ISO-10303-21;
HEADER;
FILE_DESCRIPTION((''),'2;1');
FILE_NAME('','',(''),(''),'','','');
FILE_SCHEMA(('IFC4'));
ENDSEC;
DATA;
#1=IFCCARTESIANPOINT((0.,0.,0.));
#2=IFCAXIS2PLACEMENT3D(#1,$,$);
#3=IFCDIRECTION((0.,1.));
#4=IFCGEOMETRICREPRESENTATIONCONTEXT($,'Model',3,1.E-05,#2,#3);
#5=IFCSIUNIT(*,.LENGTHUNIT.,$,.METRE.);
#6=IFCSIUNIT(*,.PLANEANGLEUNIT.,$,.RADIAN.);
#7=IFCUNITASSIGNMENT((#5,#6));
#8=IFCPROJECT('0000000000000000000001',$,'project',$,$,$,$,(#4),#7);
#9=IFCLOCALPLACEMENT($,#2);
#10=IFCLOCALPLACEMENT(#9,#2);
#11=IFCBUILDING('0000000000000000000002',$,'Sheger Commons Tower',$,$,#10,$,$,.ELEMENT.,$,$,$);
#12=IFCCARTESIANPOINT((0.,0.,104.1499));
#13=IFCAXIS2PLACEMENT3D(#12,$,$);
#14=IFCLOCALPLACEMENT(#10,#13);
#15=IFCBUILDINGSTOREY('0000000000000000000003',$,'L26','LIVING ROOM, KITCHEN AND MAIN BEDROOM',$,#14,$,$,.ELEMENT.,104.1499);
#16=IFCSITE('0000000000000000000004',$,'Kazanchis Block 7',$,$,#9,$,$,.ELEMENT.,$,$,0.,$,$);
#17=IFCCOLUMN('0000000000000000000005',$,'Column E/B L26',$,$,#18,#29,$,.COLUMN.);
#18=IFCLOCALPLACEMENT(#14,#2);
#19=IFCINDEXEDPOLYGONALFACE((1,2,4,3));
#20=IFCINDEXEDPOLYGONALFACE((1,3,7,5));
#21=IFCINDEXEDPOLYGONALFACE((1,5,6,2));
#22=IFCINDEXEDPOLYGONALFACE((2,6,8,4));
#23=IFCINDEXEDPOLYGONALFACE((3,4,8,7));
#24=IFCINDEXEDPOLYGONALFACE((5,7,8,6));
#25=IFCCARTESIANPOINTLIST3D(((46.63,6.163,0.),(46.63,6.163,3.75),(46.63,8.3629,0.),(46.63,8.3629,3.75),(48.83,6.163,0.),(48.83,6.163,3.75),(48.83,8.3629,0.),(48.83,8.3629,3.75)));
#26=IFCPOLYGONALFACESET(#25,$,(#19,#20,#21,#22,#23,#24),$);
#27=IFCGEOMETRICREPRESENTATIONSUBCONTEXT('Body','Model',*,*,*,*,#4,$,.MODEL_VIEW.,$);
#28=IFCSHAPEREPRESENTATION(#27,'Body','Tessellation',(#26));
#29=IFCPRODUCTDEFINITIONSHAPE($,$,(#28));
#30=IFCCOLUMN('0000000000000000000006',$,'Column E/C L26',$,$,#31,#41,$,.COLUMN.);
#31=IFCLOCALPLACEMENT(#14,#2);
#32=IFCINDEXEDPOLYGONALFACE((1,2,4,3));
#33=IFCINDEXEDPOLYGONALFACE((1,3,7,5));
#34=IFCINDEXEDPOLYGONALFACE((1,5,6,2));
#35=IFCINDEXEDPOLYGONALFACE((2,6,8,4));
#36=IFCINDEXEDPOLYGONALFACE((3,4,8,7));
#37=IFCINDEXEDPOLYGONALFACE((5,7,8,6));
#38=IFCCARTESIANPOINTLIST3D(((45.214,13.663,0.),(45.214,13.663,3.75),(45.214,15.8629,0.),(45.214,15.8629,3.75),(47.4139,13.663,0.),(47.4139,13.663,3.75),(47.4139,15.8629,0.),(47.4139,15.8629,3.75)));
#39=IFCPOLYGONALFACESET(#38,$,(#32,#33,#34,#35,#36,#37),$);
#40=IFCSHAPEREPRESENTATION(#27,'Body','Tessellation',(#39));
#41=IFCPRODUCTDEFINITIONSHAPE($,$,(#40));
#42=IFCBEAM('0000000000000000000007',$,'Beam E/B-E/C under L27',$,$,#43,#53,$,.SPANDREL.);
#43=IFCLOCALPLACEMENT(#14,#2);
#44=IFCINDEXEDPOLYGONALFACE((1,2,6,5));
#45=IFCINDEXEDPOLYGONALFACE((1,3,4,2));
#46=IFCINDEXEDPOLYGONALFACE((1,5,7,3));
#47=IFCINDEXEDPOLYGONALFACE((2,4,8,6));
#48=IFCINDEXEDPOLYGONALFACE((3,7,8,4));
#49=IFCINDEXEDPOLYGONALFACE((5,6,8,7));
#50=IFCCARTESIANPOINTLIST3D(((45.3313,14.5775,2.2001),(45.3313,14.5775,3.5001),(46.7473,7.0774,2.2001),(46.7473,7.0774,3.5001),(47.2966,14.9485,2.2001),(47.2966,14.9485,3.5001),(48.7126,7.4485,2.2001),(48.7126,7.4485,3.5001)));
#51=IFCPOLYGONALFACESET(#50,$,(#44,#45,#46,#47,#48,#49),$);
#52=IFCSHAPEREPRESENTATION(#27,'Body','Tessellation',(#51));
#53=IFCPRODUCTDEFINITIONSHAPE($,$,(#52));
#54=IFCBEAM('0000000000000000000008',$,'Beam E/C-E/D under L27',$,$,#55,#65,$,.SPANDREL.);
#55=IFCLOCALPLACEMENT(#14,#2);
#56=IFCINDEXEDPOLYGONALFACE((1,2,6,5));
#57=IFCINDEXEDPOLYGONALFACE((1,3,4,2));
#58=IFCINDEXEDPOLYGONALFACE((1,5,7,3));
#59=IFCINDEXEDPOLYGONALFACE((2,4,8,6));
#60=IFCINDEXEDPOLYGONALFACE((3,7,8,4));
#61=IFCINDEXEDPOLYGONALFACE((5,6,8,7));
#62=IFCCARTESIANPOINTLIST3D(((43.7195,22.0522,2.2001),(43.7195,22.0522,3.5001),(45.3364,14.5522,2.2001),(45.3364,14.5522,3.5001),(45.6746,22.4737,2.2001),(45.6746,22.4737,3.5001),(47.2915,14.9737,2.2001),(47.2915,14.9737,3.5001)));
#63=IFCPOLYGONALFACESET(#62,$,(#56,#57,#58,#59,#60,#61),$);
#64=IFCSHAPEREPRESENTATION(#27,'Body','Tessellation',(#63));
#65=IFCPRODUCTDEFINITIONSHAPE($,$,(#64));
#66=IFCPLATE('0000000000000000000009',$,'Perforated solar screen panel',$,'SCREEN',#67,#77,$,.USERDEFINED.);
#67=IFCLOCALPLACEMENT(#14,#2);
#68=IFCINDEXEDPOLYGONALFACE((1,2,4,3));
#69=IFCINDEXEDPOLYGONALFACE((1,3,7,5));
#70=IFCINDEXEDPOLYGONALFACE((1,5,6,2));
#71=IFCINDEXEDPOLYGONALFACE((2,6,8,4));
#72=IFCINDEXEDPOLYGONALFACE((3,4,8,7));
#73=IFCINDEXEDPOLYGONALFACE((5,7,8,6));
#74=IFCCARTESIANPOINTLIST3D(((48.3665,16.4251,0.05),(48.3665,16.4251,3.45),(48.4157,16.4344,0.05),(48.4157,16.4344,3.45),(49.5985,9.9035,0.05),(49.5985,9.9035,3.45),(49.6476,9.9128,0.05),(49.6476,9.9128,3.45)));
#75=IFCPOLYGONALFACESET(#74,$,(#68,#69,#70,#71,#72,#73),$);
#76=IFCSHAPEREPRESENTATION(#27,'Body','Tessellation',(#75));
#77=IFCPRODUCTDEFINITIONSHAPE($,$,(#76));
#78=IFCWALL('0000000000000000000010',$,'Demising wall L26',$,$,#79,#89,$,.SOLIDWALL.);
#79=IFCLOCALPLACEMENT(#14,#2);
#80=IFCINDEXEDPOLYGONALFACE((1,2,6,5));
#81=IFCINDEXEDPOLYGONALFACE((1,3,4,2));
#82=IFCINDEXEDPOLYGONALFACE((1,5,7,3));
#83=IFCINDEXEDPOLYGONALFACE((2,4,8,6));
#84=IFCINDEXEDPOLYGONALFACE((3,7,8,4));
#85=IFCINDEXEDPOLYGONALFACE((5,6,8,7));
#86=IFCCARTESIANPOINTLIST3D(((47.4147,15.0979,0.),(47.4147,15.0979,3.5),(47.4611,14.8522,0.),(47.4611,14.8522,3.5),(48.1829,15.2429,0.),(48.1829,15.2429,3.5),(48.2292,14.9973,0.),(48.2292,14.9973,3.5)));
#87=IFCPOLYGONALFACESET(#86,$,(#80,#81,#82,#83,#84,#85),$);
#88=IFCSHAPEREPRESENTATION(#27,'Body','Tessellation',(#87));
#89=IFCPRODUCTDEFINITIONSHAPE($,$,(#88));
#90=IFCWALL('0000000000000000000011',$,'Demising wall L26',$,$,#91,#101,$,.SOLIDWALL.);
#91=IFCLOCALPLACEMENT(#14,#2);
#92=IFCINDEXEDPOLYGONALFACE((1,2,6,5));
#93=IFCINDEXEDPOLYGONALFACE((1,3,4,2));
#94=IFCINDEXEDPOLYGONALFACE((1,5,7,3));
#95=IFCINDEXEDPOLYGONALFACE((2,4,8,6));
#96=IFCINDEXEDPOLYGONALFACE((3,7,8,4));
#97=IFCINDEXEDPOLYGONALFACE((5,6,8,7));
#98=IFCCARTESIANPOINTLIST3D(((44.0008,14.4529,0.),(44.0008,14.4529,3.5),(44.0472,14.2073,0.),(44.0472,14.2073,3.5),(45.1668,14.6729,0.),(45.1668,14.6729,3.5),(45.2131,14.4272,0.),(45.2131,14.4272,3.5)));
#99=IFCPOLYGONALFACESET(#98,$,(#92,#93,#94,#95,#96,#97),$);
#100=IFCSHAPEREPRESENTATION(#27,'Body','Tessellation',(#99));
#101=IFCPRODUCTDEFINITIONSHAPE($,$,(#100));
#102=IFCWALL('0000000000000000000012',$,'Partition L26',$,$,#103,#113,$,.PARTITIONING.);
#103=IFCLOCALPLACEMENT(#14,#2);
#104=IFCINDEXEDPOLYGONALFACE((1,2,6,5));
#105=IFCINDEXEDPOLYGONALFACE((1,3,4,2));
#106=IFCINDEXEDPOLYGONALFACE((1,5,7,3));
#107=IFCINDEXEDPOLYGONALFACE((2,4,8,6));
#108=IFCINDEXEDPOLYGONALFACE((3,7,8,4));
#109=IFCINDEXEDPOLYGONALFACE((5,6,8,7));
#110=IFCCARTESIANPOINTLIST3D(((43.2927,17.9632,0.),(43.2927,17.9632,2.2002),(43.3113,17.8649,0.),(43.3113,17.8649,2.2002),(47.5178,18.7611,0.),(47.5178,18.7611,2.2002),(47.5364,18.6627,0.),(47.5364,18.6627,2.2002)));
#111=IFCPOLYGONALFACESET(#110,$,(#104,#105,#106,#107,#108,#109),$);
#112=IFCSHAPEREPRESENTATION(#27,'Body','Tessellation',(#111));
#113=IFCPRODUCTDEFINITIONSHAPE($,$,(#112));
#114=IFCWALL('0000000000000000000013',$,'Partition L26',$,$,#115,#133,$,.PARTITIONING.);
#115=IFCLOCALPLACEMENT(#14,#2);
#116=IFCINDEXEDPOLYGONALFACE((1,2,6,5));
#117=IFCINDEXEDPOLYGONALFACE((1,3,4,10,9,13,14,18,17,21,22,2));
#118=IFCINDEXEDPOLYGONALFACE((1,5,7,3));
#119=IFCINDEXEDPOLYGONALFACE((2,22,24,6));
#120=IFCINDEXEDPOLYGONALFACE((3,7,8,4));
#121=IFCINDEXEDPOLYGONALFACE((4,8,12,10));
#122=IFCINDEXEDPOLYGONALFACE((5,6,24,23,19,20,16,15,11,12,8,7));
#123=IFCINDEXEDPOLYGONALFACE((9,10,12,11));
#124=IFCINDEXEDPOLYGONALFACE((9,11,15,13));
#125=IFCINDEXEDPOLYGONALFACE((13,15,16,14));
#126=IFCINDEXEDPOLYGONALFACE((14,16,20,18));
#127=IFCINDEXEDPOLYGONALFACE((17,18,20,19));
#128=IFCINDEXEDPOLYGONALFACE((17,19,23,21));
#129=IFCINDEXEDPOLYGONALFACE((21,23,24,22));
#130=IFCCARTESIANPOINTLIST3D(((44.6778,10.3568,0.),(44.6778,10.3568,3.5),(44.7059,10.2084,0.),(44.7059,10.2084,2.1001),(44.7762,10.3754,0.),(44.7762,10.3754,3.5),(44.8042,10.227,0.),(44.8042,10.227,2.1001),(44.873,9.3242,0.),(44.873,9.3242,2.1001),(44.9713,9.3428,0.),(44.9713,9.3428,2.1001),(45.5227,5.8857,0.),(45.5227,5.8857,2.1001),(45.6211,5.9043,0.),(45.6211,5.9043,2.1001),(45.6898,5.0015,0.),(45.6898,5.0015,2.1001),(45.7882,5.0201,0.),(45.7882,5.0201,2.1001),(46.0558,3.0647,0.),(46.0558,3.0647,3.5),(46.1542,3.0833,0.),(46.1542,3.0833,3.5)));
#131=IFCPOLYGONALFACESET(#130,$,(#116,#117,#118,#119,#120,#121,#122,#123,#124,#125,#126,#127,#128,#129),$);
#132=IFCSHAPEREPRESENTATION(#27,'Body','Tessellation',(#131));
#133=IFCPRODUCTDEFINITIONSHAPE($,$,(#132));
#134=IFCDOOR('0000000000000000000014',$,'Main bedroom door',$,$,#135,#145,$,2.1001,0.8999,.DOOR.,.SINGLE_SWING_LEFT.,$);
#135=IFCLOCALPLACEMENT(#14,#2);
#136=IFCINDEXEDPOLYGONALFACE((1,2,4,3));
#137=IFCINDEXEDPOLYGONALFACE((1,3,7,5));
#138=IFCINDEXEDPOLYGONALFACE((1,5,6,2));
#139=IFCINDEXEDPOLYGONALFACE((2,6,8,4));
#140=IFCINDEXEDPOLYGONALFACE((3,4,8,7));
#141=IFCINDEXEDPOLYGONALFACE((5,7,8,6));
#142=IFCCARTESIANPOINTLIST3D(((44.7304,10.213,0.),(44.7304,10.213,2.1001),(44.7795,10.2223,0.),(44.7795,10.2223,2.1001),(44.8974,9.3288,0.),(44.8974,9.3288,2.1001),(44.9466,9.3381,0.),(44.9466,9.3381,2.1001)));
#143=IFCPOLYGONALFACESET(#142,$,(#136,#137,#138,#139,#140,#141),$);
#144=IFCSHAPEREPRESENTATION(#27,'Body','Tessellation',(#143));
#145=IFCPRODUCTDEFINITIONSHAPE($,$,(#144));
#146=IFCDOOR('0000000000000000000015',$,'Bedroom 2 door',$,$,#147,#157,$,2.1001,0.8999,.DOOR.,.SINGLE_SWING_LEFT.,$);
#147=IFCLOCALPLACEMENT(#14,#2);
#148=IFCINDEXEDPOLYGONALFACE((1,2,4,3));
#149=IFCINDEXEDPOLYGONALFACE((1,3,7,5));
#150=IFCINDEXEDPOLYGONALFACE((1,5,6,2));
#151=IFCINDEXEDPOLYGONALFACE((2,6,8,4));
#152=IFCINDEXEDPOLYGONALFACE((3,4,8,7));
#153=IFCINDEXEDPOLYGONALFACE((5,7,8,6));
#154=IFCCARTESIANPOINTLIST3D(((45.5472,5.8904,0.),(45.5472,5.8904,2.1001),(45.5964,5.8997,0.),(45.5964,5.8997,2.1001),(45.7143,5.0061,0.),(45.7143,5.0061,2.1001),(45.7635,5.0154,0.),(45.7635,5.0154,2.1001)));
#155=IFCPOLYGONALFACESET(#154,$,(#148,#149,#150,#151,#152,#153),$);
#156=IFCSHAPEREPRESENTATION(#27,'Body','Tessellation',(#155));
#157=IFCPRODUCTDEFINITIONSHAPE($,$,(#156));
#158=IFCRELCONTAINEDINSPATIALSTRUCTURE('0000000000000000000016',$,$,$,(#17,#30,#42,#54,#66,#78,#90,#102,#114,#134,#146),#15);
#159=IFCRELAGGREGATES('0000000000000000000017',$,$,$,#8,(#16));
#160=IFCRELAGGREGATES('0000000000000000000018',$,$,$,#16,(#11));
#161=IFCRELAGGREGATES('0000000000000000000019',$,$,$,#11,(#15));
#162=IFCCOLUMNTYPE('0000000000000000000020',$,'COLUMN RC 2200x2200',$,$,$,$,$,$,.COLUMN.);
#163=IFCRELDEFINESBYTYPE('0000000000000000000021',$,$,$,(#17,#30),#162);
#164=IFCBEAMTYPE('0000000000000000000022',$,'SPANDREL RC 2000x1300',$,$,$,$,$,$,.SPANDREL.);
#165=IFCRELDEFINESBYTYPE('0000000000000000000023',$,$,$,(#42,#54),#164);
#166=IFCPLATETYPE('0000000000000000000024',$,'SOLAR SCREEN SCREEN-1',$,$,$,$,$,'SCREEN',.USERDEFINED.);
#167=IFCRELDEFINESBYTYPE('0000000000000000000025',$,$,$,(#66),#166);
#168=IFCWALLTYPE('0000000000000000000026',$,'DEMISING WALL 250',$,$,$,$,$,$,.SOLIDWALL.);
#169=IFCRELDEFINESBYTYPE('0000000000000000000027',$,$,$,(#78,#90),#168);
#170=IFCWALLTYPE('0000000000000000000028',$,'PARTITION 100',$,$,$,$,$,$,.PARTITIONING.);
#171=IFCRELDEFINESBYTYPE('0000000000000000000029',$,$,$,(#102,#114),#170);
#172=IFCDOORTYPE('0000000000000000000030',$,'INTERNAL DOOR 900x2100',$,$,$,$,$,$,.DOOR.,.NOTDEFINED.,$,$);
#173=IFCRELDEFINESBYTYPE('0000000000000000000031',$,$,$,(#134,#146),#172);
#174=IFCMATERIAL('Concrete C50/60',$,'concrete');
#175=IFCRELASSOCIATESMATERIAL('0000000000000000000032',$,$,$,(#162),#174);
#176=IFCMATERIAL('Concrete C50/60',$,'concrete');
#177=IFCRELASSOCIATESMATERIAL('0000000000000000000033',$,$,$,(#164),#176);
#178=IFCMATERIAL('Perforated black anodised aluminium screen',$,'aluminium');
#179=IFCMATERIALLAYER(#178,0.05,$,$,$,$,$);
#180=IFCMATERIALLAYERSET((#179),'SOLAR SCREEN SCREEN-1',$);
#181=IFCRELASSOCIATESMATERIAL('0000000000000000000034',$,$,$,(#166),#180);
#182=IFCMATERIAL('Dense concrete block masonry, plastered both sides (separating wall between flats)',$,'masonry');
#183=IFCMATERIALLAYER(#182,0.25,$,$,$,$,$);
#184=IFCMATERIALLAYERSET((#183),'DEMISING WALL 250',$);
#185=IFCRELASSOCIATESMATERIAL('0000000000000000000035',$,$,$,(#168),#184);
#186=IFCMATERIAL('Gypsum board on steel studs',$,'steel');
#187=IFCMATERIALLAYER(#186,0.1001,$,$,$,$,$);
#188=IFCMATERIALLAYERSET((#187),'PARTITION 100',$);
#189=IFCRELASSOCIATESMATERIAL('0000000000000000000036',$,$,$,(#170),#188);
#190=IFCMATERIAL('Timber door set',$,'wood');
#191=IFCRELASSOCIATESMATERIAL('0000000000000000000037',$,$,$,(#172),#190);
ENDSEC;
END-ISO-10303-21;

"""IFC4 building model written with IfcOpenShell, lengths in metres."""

from ifc_helpers import new_model, si_unit, direction, frame, frame_2d, origin, origin_2d, place, context, subcontext, project, spatial, rectangle, extrude, material, layer, layer_set, material_profile, profile_set, type_object, element, fill, save


model = new_model("IFC4")

# Units and contexts
model_context = context("Model", 3, precision=1e-05, world=origin(), true_north=direction((0.0, 1.0)))
body_context = subcontext(model_context, "Body", "Model", "MODEL_VIEW")
ifc_project = project(units=[si_unit("LENGTHUNIT", "METRE"), si_unit("PLANEANGLEUNIT", "RADIAN")], contexts=[model_context])

# Site, building, storey
site_placement = place(None, origin())
site = spatial("IfcSite", under=ifc_project, at=site_placement, Name="Kazanchis Block 7", CompositionType="ELEMENT", RefElevation=0.0)
building_placement = place(site_placement, origin())
building = spatial("IfcBuilding", under=site, at=building_placement, Name="Sheger Commons Tower", CompositionType="ELEMENT")
storey_placement = place(building_placement, frame((0.0, 0.0, 104.1499)))
storey = spatial("IfcBuildingStorey", under=building, at=storey_placement, Name="L26", Description="LIVING ROOM, KITCHEN AND MAIN BEDROOM", CompositionType="ELEMENT", Elevation=104.1499)

# Columns
ifc_material_1 = material(Name="Concrete C50/60", Category="concrete")
ifc_material_profile_1 = material_profile(ifc_material_1, rectangle(XDim=2.2, YDim=2.2, at=origin_2d()), Name="RC 2200x2200")
ifc_profile_set_1 = profile_set([ifc_material_profile_1], Name="Concrete C50/60")
column_type = type_object("IfcColumnType", Name="COLUMN RC 2200x2200", PredefinedType="COLUMN", material=ifc_profile_set_1)
for number, where, z_axis, x_axis, name in (
    (1, (47.73, 7.2629, 0.0), (0.0, 0.0, 1.0), (1.0, 0.0, 0.0), "Column E/B L26"),
    (2, (46.314, 14.7629, 0.0), (0.0, 0.0, 1.0), (1.0, 0.0, 0.0), "Column E/C L26"),
):
    element("IfcColumn", number, at=place(storey_placement, frame(where, z_axis=z_axis, x_axis=x_axis)), inside=storey, type_object=column_type, Name=name, PredefinedType="COLUMN", context=body_context, shape_type="SweptSolid", body=[
        extrude(rectangle(XDim=2.2, YDim=2.2, at=origin_2d()), origin(), (0.0, 0.0, 1.0), 3.75),
    ])

# Beams
ifc_material_2 = material(Name="Concrete C50/60", Category="concrete")
ifc_material_profile_2 = material_profile(ifc_material_2, rectangle(XDim=2.0, YDim=1.3, at=origin_2d()), Name="RC 2000x1300")
ifc_profile_set_2 = profile_set([ifc_material_profile_2], Name="Concrete C50/60")
beam_type = type_object("IfcBeamType", Name="SPANDREL RC 2000x1300", PredefinedType="SPANDREL", material=ifc_profile_set_2)
beam_1_placement = place(storey_placement, frame((47.73, 7.2629, 2.8501), z_axis=(-0.185524, 0.98264, 0.0), x_axis=(-0.98264, -0.185524, 0.0)))
element("IfcBeam", 3, at=beam_1_placement, inside=storey, type_object=beam_type, Name="Beam E/B-E/C under L27", PredefinedType="SPANDREL", context=body_context, shape_type="SweptSolid", body=[
    extrude(rectangle(XDim=2.0, YDim=1.3, at=origin_2d()), origin(), (0.0, 0.0, 1.0), 7.6326),
])
beam_2_placement = place(storey_placement, frame((46.314, 14.7629, 2.8501), z_axis=(-0.21075, 0.97754, 0.0), x_axis=(-0.97754, -0.21075, 0.0)))
element("IfcBeam", 4, at=beam_2_placement, inside=storey, type_object=beam_type, Name="Beam E/C-E/D under L27", PredefinedType="SPANDREL", context=body_context, shape_type="SweptSolid", body=[
    extrude(rectangle(XDim=2.0, YDim=1.3, at=origin_2d()), origin(), (0.0, 0.0, 1.0), 7.6724),
])

# Plate
ifc_material_3 = material(Name="Perforated black anodised aluminium screen", Category="aluminium")
ifc_layer_1 = layer(ifc_material_3, 0.05)
ifc_layer_set_1 = layer_set([ifc_layer_1], Name="SOLAR SCREEN SCREEN-1")
plate_type = type_object("IfcPlateType", Name="SOLAR SCREEN SCREEN-1", ElementType="SCREEN", PredefinedType="USERDEFINED", material=ifc_layer_set_1)
plate_placement = place(storey_placement, frame((49.0071, 13.1689, 0.05), z_axis=(0.0, 0.0, 1.0), x_axis=(-0.185615, 0.982623, 0.0)))
element("IfcPlate", 5, at=plate_placement, inside=storey, type_object=plate_type, Name="Perforated solar screen panel", ObjectType="SCREEN", PredefinedType="USERDEFINED", context=body_context, shape_type="SweptSolid", body=[
    extrude(rectangle(XDim=6.637, YDim=0.05, at=origin_2d()), origin(), (0.0, 0.0, 1.0), 3.3999),
])

# Walls
ifc_material_4 = material(Name="Dense concrete block masonry, plastered both sides (separating wall between flats)", Category="masonry")
ifc_layer_2 = layer(ifc_material_4, 0.25)
ifc_layer_set_2 = layer_set([ifc_layer_2], Name="DEMISING WALL 250")
wall_type_1 = type_object("IfcWallType", Name="DEMISING WALL 250", PredefinedType="SOLIDWALL", material=ifc_layer_set_2)
wall_1_placement = place(storey_placement, frame((48.2061, 15.1201, 0.0), z_axis=(0.0, 0.0, 1.0), x_axis=(-0.982638, -0.185533, 0.0)))
element("IfcWall", 6, at=wall_1_placement, inside=storey, type_object=wall_type_1, Name="Demising wall L26", PredefinedType="SOLIDWALL", context=body_context, shape_type="SweptSolid", body=[
    extrude(rectangle(XDim=0.7817, YDim=0.25, at=frame_2d((0.3909, 0.0))), origin(), (0.0, 0.0, 1.0), 3.5),
])
wall_2_placement = place(storey_placement, frame((45.1899, 14.55, 0.0), z_axis=(0.0, 0.0, 1.0), x_axis=(-0.982667, -0.185382, 0.0)))
element("IfcWall", 7, at=wall_2_placement, inside=storey, type_object=wall_type_1, Name="Demising wall L26", PredefinedType="SOLIDWALL", context=body_context, shape_type="SweptSolid", body=[
    extrude(rectangle(XDim=1.1865, YDim=0.25, at=frame_2d((0.5933, 0.0))), origin(), (0.0, 0.0, 1.0), 3.5),
])
ifc_material_5 = material(Name="Gypsum board on steel studs", Category="steel")
ifc_layer_3 = layer(ifc_material_5, 0.1001)
ifc_layer_set_3 = layer_set([ifc_layer_3], Name="PARTITION 100")
wall_type_2 = type_object("IfcWallType", Name="PARTITION 100", PredefinedType="PARTITIONING", material=ifc_layer_set_3)
wall_3_placement = place(storey_placement, frame((47.5271, 18.7119, 0.0), z_axis=(0.0, 0.0, 1.0), x_axis=(-0.982634, -0.185557, 0.0)))
element("IfcWall", 8, at=wall_3_placement, inside=storey, type_object=wall_type_2, Name="Partition L26", PredefinedType="PARTITIONING", context=body_context, shape_type="SweptSolid", body=[
    extrude(rectangle(XDim=4.2998, YDim=0.1001, at=frame_2d((2.1499, 0.0))), origin(), (0.0, 0.0, 1.0), 2.2002),
])

# Wall, openings, doors
wall_4_placement = place(storey_placement, frame((44.7271, 10.366, 0.0), z_axis=(0.0, 0.0, 1.0), x_axis=(0.185679, -0.98261, 0.0)))
wall_4 = element("IfcWall", 9, at=wall_4_placement, inside=storey, type_object=wall_type_2, Name="Partition L26", PredefinedType="PARTITIONING", context=body_context, shape_type="SweptSolid", body=[
    extrude(rectangle(XDim=7.4211, YDim=0.1001, at=frame_2d((3.7104, 0.0))), origin(), (0.0, 0.0, 1.0), 3.5),
])
opening_1_placement = place(wall_4_placement, frame((0.1509, 0.0, 0.0)))
opening_1 = element("IfcOpeningElement", 10, at=opening_1_placement, cuts=wall_4, PredefinedType="OPENING", context=body_context, shape_type="SweptSolid", body=[
    extrude(rectangle(XDim=0.8999, YDim=2.1001, at=frame_2d((0.45, 1.05))), frame((0.0, 0.0601, 0.0), z_axis=(0.0, -1.0, 0.0), x_axis=(1.0, 0.0, 0.0)), (0.0, 0.0, 1.0), 0.1201),
])
opening_2_placement = place(wall_4_placement, frame((4.55, 0.0, 0.0)))
opening_2 = element("IfcOpeningElement", 11, at=opening_2_placement, cuts=wall_4, PredefinedType="OPENING", context=body_context, shape_type="SweptSolid", body=[
    extrude(rectangle(XDim=0.8999, YDim=2.1001, at=frame_2d((0.45, 1.05))), frame((0.0, 0.0601, 0.0), z_axis=(0.0, -1.0, 0.0), x_axis=(1.0, 0.0, 0.0)), (0.0, 0.0, 1.0), 0.1201),
])
ifc_material_6 = material(Name="Timber door set", Category="wood")
door_type = type_object("IfcDoorType", Name="INTERNAL DOOR 900x2100", OperationType="NOTDEFINED", PredefinedType="DOOR", material=ifc_material_6)
door_1_placement = place(opening_1_placement, origin())
door_1 = element("IfcDoor", 12, at=door_1_placement, inside=storey, type_object=door_type, Name="Main bedroom door", OperationType="SINGLE_SWING_LEFT", OverallHeight=2.1001, OverallWidth=0.8999, PredefinedType="DOOR", context=body_context, shape_type="SweptSolid", body=[
    extrude(rectangle(XDim=0.8999, YDim=2.1001, at=frame_2d((0.45, 1.05))), frame((0.0, 0.0249, 0.0), z_axis=(0.0, -1.0, 0.0), x_axis=(1.0, 0.0, 0.0)), (0.0, 0.0, 1.0), 0.05),
])
fill(opening_1, door_1)
door_2_placement = place(opening_2_placement, origin())
door_2 = element("IfcDoor", 13, at=door_2_placement, inside=storey, type_object=door_type, Name="Bedroom 2 door", OperationType="SINGLE_SWING_LEFT", OverallHeight=2.1001, OverallWidth=0.8999, PredefinedType="DOOR", context=body_context, shape_type="SweptSolid", body=[
    extrude(rectangle(XDim=0.8999, YDim=2.1001, at=frame_2d((0.45, 1.05))), frame((0.0, 0.0249, 0.0), z_axis=(0.0, -1.0, 0.0), x_axis=(1.0, 0.0, 0.0)), (0.0, 0.0, 1.0), 0.05),
])
fill(opening_2, door_2)

save(model, "model.ifc")
